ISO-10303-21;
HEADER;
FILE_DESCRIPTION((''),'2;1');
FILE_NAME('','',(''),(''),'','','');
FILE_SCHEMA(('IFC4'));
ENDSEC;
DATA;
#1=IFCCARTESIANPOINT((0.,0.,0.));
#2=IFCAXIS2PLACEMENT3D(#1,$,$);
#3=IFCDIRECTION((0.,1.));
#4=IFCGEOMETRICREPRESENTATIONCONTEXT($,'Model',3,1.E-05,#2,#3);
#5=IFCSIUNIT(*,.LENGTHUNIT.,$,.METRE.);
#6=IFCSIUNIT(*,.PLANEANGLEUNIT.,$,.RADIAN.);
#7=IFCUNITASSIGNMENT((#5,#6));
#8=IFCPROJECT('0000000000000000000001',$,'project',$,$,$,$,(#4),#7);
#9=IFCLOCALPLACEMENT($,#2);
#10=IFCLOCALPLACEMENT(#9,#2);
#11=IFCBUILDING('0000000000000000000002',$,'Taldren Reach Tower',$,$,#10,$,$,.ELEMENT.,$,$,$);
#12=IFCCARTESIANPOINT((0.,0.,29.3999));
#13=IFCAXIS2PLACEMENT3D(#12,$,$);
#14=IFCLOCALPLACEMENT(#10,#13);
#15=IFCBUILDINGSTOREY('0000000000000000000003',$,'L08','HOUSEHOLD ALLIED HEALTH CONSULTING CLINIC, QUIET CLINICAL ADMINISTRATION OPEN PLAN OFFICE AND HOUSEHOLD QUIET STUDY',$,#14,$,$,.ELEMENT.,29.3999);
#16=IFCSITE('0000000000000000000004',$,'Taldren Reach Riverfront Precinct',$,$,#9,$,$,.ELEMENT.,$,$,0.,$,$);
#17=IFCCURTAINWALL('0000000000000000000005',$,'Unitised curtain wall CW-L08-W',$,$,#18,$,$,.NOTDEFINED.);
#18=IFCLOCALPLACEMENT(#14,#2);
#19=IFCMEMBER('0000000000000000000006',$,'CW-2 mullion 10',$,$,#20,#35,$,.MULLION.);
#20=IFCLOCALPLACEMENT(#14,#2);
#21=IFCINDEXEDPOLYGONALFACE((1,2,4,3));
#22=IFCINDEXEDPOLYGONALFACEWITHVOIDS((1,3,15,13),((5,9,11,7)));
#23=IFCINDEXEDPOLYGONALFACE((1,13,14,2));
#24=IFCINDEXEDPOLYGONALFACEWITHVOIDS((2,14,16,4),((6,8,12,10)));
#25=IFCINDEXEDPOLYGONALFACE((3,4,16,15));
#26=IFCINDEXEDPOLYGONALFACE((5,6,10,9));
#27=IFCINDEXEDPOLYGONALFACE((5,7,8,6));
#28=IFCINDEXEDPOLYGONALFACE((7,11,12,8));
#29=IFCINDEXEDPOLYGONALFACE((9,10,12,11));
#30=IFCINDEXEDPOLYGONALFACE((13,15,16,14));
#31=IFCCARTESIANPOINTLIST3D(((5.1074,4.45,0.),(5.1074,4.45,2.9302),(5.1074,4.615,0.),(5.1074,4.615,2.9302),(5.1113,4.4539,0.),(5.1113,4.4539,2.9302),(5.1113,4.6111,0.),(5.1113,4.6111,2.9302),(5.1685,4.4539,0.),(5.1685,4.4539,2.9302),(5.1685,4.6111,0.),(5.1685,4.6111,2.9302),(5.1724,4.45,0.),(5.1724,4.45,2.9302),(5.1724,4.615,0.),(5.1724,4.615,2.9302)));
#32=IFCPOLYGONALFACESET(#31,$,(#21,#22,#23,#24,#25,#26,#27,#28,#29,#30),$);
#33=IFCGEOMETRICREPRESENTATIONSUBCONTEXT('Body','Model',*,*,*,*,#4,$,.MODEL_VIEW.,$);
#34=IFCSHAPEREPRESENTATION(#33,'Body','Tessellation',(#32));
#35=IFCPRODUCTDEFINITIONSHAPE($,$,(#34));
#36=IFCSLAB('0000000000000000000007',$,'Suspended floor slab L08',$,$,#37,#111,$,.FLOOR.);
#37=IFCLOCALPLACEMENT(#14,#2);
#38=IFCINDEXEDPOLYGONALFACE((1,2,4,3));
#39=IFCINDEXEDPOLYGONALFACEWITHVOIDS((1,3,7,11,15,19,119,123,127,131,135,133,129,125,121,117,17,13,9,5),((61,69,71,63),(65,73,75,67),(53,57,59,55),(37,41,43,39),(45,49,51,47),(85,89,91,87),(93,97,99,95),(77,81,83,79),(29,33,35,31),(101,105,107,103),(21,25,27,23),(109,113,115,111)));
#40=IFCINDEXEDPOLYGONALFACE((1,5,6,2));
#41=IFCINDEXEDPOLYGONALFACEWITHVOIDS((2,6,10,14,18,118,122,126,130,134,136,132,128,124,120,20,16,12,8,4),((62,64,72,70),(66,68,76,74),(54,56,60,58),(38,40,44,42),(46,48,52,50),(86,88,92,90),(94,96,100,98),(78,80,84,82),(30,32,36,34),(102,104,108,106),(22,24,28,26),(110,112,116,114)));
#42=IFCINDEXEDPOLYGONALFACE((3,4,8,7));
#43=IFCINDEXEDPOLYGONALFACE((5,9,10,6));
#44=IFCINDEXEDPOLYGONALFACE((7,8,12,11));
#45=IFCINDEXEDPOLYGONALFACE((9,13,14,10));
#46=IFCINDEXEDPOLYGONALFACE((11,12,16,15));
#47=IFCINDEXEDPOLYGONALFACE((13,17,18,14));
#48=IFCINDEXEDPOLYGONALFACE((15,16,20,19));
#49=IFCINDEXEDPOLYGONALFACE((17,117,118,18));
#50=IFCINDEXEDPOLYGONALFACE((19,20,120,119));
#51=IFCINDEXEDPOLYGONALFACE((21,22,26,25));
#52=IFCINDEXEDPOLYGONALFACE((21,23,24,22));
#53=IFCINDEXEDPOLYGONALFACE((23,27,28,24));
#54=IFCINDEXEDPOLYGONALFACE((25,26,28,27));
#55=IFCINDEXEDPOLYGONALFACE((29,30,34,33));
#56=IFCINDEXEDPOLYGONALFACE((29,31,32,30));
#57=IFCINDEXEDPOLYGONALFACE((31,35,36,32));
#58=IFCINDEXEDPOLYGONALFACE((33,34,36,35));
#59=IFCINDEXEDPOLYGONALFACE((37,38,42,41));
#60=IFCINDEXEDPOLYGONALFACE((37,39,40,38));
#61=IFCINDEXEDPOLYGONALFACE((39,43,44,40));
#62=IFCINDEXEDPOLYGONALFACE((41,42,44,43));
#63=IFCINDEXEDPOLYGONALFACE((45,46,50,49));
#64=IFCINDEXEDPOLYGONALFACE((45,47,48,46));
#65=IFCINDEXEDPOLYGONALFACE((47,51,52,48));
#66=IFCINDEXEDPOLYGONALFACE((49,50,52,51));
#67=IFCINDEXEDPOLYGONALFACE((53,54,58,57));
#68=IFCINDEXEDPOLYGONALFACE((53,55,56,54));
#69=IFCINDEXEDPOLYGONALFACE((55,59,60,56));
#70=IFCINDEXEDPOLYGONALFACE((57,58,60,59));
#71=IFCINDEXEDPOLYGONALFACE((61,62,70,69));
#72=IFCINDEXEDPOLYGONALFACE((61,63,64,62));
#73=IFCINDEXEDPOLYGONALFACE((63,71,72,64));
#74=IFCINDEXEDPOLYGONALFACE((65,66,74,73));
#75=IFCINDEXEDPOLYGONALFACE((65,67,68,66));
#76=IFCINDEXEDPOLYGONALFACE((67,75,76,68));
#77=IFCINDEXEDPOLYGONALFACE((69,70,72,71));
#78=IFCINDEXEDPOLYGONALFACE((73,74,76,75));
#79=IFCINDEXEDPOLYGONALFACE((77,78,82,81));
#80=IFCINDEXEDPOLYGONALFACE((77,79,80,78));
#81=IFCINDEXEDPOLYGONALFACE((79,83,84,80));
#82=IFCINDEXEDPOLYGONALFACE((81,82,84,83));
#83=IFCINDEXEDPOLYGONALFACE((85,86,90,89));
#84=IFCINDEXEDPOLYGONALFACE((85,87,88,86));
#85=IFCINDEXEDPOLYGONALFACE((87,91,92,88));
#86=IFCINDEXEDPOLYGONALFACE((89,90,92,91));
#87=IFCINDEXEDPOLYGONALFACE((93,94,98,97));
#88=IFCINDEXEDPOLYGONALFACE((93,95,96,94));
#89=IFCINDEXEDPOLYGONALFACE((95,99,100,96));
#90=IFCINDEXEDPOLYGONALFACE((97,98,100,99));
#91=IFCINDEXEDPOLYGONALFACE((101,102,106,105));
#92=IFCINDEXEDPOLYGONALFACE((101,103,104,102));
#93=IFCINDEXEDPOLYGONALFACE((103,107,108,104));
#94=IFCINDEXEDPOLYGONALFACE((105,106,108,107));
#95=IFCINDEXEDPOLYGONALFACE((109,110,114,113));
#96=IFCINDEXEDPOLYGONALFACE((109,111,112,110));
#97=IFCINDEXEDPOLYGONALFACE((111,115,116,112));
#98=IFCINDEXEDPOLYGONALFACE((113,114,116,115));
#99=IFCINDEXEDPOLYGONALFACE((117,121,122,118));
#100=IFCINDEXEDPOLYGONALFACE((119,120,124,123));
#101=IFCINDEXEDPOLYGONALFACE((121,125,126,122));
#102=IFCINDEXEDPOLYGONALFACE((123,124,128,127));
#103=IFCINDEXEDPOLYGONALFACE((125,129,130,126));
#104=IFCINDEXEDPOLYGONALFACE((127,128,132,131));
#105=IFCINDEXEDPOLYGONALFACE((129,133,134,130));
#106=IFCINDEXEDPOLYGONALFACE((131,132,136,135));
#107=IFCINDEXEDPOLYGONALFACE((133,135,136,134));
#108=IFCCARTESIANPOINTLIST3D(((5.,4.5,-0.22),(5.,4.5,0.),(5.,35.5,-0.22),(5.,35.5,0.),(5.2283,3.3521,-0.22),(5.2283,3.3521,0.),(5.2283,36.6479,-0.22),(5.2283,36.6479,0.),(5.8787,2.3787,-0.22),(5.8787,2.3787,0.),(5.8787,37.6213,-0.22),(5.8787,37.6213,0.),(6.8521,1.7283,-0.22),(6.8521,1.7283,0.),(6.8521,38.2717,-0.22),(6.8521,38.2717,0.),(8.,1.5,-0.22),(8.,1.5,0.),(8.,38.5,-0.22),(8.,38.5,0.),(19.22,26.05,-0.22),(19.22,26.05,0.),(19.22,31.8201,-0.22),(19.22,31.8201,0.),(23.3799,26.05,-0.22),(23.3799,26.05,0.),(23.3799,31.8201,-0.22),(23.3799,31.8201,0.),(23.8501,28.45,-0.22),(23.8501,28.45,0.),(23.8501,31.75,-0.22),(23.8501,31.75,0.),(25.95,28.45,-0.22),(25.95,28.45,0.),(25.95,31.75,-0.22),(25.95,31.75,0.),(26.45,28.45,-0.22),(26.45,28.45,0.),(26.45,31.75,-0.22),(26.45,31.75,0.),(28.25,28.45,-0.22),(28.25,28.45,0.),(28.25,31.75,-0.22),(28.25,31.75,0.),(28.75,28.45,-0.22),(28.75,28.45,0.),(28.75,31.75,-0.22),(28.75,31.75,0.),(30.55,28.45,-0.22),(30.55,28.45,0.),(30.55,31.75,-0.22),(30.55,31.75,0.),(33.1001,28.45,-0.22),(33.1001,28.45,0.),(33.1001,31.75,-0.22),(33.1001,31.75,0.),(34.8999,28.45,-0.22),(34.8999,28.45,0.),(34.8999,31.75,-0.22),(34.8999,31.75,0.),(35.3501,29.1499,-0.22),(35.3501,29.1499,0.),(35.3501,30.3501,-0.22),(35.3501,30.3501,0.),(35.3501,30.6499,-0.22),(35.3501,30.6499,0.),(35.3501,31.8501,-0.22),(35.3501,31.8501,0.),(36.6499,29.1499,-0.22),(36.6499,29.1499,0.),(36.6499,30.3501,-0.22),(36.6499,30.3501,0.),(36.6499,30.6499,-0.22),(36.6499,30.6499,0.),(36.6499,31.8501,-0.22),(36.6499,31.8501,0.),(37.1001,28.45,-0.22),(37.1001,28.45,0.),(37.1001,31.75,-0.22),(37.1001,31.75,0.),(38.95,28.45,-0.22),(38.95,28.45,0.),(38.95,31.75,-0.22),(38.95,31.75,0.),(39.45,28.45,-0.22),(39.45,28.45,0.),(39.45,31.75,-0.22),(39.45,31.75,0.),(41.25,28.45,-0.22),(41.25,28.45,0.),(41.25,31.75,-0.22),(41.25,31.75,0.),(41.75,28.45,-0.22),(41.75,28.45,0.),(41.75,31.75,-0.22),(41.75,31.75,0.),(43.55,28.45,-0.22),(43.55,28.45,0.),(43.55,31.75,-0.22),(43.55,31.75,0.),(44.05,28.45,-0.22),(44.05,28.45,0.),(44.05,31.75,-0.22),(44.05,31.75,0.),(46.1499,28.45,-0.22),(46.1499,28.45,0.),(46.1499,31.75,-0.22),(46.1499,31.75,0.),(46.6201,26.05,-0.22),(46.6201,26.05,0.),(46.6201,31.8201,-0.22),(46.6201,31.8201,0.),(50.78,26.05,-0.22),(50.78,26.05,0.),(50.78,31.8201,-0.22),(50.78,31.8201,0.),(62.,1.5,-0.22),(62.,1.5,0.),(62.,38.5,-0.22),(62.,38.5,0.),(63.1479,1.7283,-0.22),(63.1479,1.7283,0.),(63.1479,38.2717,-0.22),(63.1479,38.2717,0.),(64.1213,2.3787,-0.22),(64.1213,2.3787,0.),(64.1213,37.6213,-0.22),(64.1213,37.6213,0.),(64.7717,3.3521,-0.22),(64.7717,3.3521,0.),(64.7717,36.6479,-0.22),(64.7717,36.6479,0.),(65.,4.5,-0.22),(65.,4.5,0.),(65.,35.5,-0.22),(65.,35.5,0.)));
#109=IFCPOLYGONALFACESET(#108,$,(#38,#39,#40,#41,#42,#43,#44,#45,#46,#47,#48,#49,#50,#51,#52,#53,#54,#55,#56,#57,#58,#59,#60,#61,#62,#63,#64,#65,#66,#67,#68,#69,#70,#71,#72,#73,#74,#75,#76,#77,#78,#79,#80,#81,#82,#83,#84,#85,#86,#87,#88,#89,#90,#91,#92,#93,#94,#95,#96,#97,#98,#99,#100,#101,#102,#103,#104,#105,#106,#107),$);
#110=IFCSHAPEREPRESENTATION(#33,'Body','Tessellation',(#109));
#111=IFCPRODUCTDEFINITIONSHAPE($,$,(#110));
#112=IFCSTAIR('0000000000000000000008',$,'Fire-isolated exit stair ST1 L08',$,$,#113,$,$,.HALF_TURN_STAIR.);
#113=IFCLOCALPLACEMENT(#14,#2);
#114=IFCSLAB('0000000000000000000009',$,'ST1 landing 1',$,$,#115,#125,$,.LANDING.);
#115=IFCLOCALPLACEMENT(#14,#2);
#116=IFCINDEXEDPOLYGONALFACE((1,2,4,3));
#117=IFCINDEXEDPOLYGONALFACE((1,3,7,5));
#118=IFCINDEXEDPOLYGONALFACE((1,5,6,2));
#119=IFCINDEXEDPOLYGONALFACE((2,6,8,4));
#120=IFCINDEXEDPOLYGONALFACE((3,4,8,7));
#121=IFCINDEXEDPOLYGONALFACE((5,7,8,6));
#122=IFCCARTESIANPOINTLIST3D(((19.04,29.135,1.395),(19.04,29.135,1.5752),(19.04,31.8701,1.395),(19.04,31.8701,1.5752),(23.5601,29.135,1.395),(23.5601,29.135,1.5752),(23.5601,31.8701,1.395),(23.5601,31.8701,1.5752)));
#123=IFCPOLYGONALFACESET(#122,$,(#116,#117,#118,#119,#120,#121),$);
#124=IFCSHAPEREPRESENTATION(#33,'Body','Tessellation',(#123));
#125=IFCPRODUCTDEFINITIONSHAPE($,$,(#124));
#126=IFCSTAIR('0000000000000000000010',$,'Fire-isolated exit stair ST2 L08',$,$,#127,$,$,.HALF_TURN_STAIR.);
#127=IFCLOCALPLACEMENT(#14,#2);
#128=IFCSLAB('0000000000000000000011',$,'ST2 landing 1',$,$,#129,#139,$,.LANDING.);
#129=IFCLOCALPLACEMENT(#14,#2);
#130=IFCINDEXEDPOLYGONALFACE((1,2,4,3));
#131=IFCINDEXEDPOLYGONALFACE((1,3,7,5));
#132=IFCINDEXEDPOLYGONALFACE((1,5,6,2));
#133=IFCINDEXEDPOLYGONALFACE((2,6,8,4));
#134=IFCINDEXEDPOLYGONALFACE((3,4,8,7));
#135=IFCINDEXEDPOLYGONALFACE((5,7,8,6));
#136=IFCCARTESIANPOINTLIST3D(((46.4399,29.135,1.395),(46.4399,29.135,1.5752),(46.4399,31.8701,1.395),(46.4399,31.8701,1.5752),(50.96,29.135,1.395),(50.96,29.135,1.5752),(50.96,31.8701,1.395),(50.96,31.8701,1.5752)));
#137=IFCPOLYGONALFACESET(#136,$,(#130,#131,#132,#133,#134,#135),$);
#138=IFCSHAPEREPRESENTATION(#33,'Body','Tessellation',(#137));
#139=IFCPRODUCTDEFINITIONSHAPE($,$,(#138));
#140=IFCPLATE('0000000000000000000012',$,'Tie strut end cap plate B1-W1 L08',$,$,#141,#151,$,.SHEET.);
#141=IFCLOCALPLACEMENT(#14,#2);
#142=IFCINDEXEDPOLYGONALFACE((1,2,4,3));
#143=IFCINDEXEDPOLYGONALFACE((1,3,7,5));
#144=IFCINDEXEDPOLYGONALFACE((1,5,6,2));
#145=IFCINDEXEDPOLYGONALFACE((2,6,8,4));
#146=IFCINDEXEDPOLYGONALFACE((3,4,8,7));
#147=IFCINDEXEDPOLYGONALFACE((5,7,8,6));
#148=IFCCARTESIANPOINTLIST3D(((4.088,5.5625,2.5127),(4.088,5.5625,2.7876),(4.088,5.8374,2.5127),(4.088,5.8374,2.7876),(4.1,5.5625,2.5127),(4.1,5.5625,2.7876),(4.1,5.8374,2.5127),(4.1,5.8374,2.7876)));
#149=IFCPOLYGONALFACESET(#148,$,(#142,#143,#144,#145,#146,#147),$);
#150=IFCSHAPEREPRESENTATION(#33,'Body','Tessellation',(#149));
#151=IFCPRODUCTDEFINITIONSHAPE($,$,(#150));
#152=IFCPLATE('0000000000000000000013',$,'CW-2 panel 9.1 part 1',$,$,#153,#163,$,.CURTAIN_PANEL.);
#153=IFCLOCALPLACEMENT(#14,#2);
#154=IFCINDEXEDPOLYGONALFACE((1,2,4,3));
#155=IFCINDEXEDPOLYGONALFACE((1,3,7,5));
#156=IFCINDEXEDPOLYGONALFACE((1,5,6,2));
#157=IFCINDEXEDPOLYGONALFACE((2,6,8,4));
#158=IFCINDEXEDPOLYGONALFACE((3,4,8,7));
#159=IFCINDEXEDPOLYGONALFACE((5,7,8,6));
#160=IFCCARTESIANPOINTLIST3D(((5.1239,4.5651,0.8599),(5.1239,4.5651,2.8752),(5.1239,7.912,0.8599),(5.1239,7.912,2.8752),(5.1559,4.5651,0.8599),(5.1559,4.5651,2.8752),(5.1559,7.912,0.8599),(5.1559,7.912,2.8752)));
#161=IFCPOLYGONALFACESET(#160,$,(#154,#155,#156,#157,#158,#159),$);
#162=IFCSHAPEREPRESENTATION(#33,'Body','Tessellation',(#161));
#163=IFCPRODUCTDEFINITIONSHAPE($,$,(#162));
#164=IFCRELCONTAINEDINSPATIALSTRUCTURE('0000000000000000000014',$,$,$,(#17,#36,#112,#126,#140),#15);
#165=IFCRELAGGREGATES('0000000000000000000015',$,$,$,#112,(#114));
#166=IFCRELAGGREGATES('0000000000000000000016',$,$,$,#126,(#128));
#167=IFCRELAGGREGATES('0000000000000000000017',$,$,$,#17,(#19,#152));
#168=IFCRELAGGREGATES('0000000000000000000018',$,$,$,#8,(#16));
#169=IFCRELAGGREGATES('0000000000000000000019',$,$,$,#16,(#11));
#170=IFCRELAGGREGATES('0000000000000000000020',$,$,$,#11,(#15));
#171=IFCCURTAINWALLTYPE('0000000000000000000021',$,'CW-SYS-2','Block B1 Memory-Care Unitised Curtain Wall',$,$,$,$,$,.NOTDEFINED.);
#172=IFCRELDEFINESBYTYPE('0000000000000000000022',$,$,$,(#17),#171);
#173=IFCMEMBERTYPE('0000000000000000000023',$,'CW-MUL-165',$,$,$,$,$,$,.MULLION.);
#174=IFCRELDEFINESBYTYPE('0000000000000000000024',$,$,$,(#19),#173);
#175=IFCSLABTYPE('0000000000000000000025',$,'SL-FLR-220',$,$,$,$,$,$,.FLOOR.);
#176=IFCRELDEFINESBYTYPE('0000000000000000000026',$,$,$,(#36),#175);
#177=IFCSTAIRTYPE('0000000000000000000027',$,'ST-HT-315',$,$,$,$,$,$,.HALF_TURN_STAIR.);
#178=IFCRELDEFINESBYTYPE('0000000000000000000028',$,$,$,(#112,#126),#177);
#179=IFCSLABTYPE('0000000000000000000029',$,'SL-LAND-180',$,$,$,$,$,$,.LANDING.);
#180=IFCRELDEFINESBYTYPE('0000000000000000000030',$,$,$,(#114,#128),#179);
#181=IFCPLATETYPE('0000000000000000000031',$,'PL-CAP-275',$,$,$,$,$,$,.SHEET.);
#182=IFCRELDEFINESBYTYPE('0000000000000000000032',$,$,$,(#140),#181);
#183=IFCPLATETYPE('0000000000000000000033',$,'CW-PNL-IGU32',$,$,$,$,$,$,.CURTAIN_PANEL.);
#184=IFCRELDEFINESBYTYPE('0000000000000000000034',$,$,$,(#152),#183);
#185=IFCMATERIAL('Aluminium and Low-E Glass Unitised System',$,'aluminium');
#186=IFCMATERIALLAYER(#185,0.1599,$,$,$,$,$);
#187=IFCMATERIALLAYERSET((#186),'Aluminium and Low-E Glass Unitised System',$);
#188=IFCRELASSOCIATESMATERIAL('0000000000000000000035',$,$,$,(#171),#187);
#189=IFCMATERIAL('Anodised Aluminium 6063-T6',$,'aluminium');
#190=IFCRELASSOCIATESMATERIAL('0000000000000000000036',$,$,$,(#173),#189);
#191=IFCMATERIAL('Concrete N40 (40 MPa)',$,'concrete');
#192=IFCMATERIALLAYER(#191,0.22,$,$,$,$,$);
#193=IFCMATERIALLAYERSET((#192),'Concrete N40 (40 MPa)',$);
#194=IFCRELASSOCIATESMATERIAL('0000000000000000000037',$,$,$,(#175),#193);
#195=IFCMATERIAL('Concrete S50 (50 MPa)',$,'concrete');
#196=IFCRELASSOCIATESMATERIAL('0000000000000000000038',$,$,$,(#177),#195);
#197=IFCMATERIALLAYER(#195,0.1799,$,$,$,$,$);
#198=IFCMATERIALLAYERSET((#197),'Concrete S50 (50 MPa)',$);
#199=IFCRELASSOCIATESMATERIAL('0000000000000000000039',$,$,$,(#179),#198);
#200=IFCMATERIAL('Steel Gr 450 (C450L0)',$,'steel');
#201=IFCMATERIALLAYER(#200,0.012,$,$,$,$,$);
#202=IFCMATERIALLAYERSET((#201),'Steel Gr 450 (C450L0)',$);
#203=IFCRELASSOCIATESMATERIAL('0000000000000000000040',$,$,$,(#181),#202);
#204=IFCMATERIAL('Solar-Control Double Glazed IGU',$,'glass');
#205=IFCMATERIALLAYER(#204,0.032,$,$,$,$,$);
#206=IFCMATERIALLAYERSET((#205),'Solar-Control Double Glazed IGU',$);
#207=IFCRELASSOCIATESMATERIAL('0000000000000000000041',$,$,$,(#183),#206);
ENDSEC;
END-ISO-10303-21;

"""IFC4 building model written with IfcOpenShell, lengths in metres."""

from ifc_helpers import new_model, si_unit, direction, frame, origin, origin_2d, place, context, subcontext, project, spatial, polyline, rectangle, hollow_rectangle, outline, extrude, source, transform, mapped, material, layer, layer_set, material_profile, profile_set, type_object, element, aggregate, save


model = new_model("IFC4")

# Units and contexts
model_context = context("Model", 3, precision=1e-05, world=origin(), true_north=direction((0.0, 1.0)))
body_context = subcontext(model_context, "Body", "Model", "MODEL_VIEW")
ifc_project = project(units=[si_unit("LENGTHUNIT", "METRE"), si_unit("PLANEANGLEUNIT", "RADIAN")], contexts=[model_context])

# Site, building, storey
site_placement = place(None, origin())
site = spatial("IfcSite", under=ifc_project, at=site_placement, Name="Taldren Reach Riverfront Precinct", CompositionType="ELEMENT", RefElevation=0.0)
building_placement = place(site_placement, origin())
building = spatial("IfcBuilding", under=site, at=building_placement, Name="Taldren Reach Tower", CompositionType="ELEMENT")
storey_placement = place(building_placement, frame((0.0, 0.0, 29.3999)))
storey = spatial("IfcBuildingStorey", under=building, at=storey_placement, Name="L08", Description="HOUSEHOLD ALLIED HEALTH CONSULTING CLINIC, QUIET CLINICAL ADMINISTRATION OPEN PLAN OFFICE AND HOUSEHOLD QUIET STUDY", CompositionType="ELEMENT", Elevation=29.3999)

# Shared definitions
ifc_material_1 = material(Name="Steel Gr 450 (C450L0)", Category="steel")

# Shared definitions
ifc_material_2 = material(Name="Aluminium and Low-E Glass Unitised System", Category="aluminium")
ifc_layer_1 = layer(ifc_material_2, 0.1599)
ifc_layer_set_1 = layer_set([ifc_layer_1], Name="Aluminium and Low-E Glass Unitised System")
curtain_wall_type = type_object("IfcCurtainWallType", Name="CW-SYS-2", Description="Block B1 Memory-Care Unitised Curtain Wall", PredefinedType="NOTDEFINED", material=ifc_layer_set_1)
ifc_material_3 = material(Name="Anodised Aluminium 6063-T6", Category="aluminium")
ifc_material_profile_1 = material_profile(ifc_material_3, hollow_rectangle(XDim=0.0649, YDim=0.165, WallThickness=0.0039, at=origin_2d()), Name="ALU-165x65x4RHS")
ifc_profile_set_1 = profile_set([ifc_material_profile_1], Name="Anodised Aluminium 6063-T6")
member_type_1 = type_object("IfcMemberType", Name="CW-MUL-165", PredefinedType="MULLION", material=ifc_profile_set_1)
shared_shape_1 = source(origin(), body_context, "Body", "SweptSolid", [
    extrude(hollow_rectangle(XDim=0.0649, YDim=0.165, WallThickness=0.0039, at=origin_2d()), origin(), (0.0, 0.0, 1.0), 2.9302),
])

# Curtain wall, member
curtain_wall_1_placement = place(storey_placement, origin())
curtain_wall_1 = element("IfcCurtainWall", 1, at=curtain_wall_1_placement, inside=storey, type_object=curtain_wall_type, Name="Unitised curtain wall CW-L08-W", PredefinedType="NOTDEFINED")
member_1_placement = place(storey_placement, frame((5.1399, 4.5325, 0.0), z_axis=(0.0, 0.0, 1.0), x_axis=(1.0, 0.0, 0.0)))
member_1 = element("IfcMember", 2, at=member_1_placement, type_object=member_type_1, Name="CW-2 mullion 10", PredefinedType="MULLION", context=body_context, shape_type="MappedRepresentation", body=[
    mapped(shared_shape_1, transform((0.0, 0.0, 0.0), scale=1.0)),
])

# Slab
ifc_material_4 = material(Name="Concrete N40 (40 MPa)", Category="concrete")
ifc_layer_2 = layer(ifc_material_4, 0.22)
ifc_layer_set_2 = layer_set([ifc_layer_2], Name="Concrete N40 (40 MPa)")
slab_type_1 = type_object("IfcSlabType", Name="SL-FLR-220", PredefinedType="FLOOR", material=ifc_layer_set_2)
slab_1_placement = place(storey_placement, frame((0.0, 0.0, -0.22)))
element("IfcSlab", 3, at=slab_1_placement, inside=storey, type_object=slab_type_1, Name="Suspended floor slab L08", PredefinedType="FLOOR", context=body_context, shape_type="SweptSolid", body=[
    extrude(outline(polyline([(62.0, 1.5), (63.1479, 1.7283), (64.1213, 2.3787), (64.7717, 3.3521), (65.0, 4.5), (65.0, 35.5), (64.7717, 36.6479), (64.1213, 37.6213), (63.1479, 38.2717), (62.0, 38.5), (8.0, 38.5), (6.8521, 38.2717), (5.8787, 37.6213), (5.2283, 36.6479), (5.0, 35.5), (5.0, 4.5), (5.2283, 3.3521), (5.8787, 2.3787), (6.8521, 1.7283), (8.0, 1.5), (62.0, 1.5)]), holes=[polyline([(19.22, 26.05), (23.3799, 26.05), (23.3799, 31.8201), (19.22, 31.8201), (19.22, 26.05)]), polyline([(46.6201, 26.05), (50.78, 26.05), (50.78, 31.8201), (46.6201, 31.8201), (46.6201, 26.05)]), polyline([(23.8501, 28.45), (25.95, 28.45), (25.95, 31.75), (23.8501, 31.75), (23.8501, 28.45)]), polyline([(44.05, 28.45), (46.1499, 28.45), (46.1499, 31.75), (44.05, 31.75), (44.05, 28.45)]), polyline([(26.45, 28.45), (28.25, 28.45), (28.25, 31.75), (26.45, 31.75), (26.45, 28.45)]), polyline([(28.75, 28.45), (30.55, 28.45), (30.55, 31.75), (28.75, 31.75), (28.75, 28.45)]), polyline([(33.1001, 28.45), (34.8999, 28.45), (34.8999, 31.75), (33.1001, 31.75), (33.1001, 28.45)]), polyline([(37.1001, 28.45), (38.95, 28.45), (38.95, 31.75), (37.1001, 31.75), (37.1001, 28.45)]), polyline([(39.45, 28.45), (41.25, 28.45), (41.25, 31.75), (39.45, 31.75), (39.45, 28.45)]), polyline([(41.75, 28.45), (43.55, 28.45), (43.55, 31.75), (41.75, 31.75), (41.75, 28.45)]), polyline([(35.3501, 30.6499), (36.6499, 30.6499), (36.6499, 31.8501), (35.3501, 31.8501), (35.3501, 30.6499)]), polyline([(35.3501, 29.1499), (36.6499, 29.1499), (36.6499, 30.3501), (35.3501, 30.3501), (35.3501, 29.1499)])]), origin(), (0.0, 0.0, 1.0), 0.22),
])

# Stairs, slabs
ifc_material_5 = material(Name="Concrete S50 (50 MPa)", Category="concrete")
stair_type = type_object("IfcStairType", Name="ST-HT-315", PredefinedType="HALF_TURN_STAIR", material=ifc_material_5)
stair_1_placement = place(storey_placement, origin())
stair_1 = element("IfcStair", 4, at=stair_1_placement, inside=storey, type_object=stair_type, Name="Fire-isolated exit stair ST1 L08", PredefinedType="HALF_TURN_STAIR")
ifc_layer_3 = layer(ifc_material_5, 0.1799)
ifc_layer_set_3 = layer_set([ifc_layer_3], Name="Concrete S50 (50 MPa)")
slab_type_2 = type_object("IfcSlabType", Name="SL-LAND-180", PredefinedType="LANDING", material=ifc_layer_set_3)
slab_2_placement = place(storey_placement, frame((0.0, 0.0, 1.395)))
slab_2 = element("IfcSlab", 5, at=slab_2_placement, type_object=slab_type_2, Name="ST1 landing 1", PredefinedType="LANDING", context=body_context, shape_type="SweptSolid", body=[
    extrude(outline(polyline([(19.04, 29.135), (23.5601, 29.135), (23.5601, 31.8701), (19.04, 31.8701), (19.04, 29.135)])), origin(), (0.0, 0.0, 1.0), 0.1802),
])
aggregate(stair_1, [slab_2])
stair_2_placement = place(storey_placement, origin())
stair_2 = element("IfcStair", 6, at=stair_2_placement, inside=storey, type_object=stair_type, Name="Fire-isolated exit stair ST2 L08", PredefinedType="HALF_TURN_STAIR")
slab_3_placement = place(storey_placement, frame((0.0, 0.0, 1.395)))
slab_3 = element("IfcSlab", 7, at=slab_3_placement, type_object=slab_type_2, Name="ST2 landing 1", PredefinedType="LANDING", context=body_context, shape_type="SweptSolid", body=[
    extrude(outline(polyline([(46.4399, 29.135), (50.96, 29.135), (50.96, 31.8701), (46.4399, 31.8701), (46.4399, 29.135)])), origin(), (0.0, 0.0, 1.0), 0.1802),
])
aggregate(stair_2, [slab_3])

# Plates
ifc_layer_4 = layer(ifc_material_1, 0.012)
ifc_layer_set_4 = layer_set([ifc_layer_4], Name="Steel Gr 450 (C450L0)")
plate_type_1 = type_object("IfcPlateType", Name="PL-CAP-275", PredefinedType="SHEET", material=ifc_layer_set_4)
shared_shape_2 = source(origin(), body_context, "Body", "SweptSolid", [
    extrude(rectangle(XDim=0.012, YDim=0.2749, at=origin_2d()), origin(), (0.0, 0.0, 1.0), 0.2749),
])
plate_1_placement = place(storey_placement, frame((4.094, 5.7, 2.5127), z_axis=(0.0, 0.0, 1.0), x_axis=(1.0, 0.0, 0.0)))
element("IfcPlate", 8, at=plate_1_placement, inside=storey, type_object=plate_type_1, Name="Tie strut end cap plate B1-W1 L08", PredefinedType="SHEET", context=body_context, shape_type="MappedRepresentation", body=[
    mapped(shared_shape_2, transform((0.0, 0.0, 0.0), scale=1.0)),
])
ifc_material_6 = material(Name="Solar-Control Double Glazed IGU", Category="glass")
ifc_layer_5 = layer(ifc_material_6, 0.032)
ifc_layer_set_5 = layer_set([ifc_layer_5], Name="Solar-Control Double Glazed IGU")
plate_type_2 = type_object("IfcPlateType", Name="CW-PNL-IGU32", PredefinedType="CURTAIN_PANEL", material=ifc_layer_set_5)
shared_shape_3 = source(origin(), body_context, "Body", "SweptSolid", [
    extrude(rectangle(XDim=3.3469, YDim=0.032, at=origin_2d()), origin(), (0.0, 0.0, 1.0), 2.0154),
])
plate_2_placement = place(storey_placement, frame((5.1399, 6.2385, 0.8599), z_axis=(0.0, 0.0, 1.0), x_axis=(0.0, -1.0, 0.0)))
plate_2 = element("IfcPlate", 9, at=plate_2_placement, type_object=plate_type_2, Name="CW-2 panel 9.1 part 1", PredefinedType="CURTAIN_PANEL", context=body_context, shape_type="MappedRepresentation", body=[
    mapped(shared_shape_3, transform((0.0, 0.0, 0.0), scale=1.0)),
])
aggregate(curtain_wall_1, [member_1, plate_2])

save(model, "model.ifc")
